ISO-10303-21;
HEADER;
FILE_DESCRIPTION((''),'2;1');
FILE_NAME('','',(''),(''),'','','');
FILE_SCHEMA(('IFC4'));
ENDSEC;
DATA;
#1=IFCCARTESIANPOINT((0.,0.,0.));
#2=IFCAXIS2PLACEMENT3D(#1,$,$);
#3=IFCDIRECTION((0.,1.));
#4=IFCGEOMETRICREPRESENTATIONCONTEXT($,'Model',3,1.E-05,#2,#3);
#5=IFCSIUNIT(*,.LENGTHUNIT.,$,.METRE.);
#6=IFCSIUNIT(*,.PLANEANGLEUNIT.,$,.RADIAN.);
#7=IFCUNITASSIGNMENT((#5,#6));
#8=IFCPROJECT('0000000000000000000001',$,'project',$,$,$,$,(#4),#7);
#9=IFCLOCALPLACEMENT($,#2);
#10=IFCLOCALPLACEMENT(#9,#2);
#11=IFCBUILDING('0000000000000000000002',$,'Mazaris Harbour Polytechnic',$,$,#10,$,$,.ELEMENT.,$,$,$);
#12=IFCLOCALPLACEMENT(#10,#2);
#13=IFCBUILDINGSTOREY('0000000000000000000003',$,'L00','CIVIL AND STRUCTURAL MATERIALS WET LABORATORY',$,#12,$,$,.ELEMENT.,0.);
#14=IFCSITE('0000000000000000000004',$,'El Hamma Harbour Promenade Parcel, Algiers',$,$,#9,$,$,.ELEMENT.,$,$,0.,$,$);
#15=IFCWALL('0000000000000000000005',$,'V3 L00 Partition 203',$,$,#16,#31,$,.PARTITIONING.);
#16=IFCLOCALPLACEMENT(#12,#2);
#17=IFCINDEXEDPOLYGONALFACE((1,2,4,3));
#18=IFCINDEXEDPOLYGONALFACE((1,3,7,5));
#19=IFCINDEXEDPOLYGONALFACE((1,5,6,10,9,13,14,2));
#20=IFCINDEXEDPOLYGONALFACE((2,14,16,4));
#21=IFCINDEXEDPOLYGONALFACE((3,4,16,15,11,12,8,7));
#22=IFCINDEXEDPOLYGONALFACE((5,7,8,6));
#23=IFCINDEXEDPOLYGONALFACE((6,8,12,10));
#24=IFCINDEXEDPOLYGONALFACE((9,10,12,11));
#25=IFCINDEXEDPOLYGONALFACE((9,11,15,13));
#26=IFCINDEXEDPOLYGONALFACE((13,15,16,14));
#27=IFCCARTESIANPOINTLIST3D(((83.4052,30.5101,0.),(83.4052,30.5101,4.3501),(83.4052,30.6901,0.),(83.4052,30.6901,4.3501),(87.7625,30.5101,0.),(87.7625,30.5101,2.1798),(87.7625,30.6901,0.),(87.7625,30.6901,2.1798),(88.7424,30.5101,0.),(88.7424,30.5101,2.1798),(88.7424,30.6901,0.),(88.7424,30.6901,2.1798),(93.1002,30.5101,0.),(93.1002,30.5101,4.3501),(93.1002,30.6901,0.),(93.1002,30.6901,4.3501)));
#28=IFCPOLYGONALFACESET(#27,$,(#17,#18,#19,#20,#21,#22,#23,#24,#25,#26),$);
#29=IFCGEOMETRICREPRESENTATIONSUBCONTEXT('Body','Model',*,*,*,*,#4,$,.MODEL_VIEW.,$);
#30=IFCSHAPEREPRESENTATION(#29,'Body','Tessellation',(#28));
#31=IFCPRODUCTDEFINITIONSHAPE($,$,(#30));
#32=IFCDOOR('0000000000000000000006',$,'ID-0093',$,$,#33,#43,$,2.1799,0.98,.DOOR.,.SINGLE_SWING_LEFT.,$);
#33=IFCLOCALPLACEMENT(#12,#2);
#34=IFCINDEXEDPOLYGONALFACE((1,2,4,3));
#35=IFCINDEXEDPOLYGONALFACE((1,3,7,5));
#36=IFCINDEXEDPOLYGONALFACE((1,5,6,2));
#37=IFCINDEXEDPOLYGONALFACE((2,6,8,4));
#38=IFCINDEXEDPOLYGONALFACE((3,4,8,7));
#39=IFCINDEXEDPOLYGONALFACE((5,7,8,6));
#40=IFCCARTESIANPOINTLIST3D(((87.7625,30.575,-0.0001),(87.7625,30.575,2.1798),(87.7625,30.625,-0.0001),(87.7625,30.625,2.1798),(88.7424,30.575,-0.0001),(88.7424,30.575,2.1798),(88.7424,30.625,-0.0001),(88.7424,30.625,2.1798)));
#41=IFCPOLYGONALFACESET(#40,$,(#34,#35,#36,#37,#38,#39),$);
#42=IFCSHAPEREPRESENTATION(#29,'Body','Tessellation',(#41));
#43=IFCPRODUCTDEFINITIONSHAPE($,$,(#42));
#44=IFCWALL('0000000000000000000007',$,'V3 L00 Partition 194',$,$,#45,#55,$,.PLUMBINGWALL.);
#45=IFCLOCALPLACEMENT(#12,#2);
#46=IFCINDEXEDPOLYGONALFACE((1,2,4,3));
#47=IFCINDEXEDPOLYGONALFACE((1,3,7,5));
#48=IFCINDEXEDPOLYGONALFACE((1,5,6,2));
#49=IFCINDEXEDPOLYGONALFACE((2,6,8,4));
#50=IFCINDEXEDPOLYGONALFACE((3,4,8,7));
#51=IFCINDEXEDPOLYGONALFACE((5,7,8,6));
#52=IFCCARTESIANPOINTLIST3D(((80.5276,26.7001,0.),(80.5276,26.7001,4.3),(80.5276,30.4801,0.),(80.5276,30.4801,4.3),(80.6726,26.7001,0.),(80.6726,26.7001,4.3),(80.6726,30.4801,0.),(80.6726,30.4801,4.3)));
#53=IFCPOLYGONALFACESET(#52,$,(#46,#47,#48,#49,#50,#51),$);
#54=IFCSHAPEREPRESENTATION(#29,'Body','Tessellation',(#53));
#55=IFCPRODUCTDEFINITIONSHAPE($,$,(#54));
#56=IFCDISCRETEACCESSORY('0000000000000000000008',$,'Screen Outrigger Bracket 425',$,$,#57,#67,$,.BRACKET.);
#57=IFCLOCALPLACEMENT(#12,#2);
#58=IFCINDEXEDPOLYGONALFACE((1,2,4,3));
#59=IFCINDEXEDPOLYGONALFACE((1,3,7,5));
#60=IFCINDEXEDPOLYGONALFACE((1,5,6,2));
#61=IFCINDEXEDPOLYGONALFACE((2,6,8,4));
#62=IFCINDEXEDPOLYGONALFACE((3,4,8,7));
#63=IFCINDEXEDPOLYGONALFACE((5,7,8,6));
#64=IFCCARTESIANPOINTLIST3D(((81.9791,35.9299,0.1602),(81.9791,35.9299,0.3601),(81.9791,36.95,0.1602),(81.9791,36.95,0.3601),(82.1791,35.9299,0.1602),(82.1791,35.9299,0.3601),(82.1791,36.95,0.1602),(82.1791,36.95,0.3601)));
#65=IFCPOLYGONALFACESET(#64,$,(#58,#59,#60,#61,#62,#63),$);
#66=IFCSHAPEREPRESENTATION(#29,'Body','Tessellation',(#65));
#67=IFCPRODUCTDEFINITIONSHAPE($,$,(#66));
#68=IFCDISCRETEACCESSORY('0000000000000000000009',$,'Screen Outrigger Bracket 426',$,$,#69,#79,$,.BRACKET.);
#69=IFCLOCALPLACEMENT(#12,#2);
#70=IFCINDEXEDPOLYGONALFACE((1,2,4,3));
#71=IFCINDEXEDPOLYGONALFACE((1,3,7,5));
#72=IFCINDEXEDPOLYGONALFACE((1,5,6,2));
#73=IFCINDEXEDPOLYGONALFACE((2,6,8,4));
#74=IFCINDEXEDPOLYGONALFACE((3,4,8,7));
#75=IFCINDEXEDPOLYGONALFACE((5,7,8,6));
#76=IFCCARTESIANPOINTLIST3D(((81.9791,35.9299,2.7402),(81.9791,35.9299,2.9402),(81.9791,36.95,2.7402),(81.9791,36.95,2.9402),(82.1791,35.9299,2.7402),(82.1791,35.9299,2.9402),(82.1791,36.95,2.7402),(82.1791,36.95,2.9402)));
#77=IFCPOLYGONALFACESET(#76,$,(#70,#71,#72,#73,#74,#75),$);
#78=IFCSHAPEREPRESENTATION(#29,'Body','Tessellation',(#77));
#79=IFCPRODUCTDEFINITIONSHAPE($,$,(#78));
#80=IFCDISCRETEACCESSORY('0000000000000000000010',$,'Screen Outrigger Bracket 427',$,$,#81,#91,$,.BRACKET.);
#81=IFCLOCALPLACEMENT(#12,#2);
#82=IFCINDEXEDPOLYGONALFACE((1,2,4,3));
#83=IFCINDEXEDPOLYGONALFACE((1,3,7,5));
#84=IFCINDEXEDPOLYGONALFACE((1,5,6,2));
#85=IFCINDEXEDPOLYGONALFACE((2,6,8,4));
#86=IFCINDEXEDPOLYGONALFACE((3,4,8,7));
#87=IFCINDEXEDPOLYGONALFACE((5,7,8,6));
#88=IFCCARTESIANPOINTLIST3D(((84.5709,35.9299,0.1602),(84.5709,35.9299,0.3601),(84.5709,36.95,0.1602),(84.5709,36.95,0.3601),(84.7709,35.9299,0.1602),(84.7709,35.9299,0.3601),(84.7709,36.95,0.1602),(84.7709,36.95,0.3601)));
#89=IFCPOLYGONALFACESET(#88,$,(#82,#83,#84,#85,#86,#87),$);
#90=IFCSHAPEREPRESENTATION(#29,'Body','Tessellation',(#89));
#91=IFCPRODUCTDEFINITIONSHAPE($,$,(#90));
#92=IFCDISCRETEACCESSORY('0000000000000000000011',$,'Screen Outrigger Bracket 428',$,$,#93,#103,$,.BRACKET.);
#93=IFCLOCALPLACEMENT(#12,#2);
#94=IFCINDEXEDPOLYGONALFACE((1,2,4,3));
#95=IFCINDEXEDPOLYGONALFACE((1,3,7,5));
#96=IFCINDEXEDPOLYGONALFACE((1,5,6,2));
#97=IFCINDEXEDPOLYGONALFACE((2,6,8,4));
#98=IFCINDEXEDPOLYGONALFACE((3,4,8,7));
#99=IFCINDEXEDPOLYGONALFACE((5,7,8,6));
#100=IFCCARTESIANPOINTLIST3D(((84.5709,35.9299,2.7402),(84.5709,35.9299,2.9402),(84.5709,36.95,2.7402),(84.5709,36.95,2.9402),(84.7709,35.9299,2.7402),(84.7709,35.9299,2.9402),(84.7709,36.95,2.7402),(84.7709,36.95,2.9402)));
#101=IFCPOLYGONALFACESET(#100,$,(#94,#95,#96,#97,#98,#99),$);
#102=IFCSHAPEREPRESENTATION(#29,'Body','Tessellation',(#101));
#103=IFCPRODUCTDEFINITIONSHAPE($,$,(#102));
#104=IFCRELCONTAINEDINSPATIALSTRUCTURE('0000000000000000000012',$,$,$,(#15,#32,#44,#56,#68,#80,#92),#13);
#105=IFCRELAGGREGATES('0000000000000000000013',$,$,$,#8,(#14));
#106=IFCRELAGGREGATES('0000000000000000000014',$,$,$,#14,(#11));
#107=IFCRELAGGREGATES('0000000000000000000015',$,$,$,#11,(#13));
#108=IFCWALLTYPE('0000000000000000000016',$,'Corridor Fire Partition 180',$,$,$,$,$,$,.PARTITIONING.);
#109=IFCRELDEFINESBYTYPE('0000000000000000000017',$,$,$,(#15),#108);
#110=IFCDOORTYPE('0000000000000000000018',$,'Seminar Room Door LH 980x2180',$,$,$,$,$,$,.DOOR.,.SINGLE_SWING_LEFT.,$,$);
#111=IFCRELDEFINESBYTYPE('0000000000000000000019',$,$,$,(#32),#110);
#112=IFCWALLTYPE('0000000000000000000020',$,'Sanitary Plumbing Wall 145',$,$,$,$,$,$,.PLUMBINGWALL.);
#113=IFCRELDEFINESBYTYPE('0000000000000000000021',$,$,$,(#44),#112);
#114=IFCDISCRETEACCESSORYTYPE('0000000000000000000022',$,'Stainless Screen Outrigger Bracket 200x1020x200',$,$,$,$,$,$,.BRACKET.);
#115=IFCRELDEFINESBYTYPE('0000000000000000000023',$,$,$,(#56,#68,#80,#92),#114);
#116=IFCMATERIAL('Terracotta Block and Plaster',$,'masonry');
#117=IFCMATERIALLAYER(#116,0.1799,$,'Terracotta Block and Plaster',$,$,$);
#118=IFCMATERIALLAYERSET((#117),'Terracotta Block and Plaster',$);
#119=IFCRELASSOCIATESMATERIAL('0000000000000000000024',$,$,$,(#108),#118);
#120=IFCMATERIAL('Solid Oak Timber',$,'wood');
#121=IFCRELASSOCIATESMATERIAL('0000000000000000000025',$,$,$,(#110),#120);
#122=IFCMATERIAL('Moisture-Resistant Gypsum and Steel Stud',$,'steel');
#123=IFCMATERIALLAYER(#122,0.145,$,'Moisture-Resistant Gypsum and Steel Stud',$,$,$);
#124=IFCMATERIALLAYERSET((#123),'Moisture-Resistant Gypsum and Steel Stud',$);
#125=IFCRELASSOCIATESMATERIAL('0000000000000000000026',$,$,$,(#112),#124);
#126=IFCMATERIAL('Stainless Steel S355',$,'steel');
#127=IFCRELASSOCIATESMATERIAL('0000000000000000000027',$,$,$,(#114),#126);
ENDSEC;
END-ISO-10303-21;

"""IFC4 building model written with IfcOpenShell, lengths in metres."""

from ifc_helpers import new_model, si_unit, direction, frame, frame_2d, origin, origin_2d, place, context, subcontext, project, spatial, rectangle, extrude, material, layer, layer_set, type_object, element, fill, save


model = new_model("IFC4")

# Units and contexts
model_context = context("Model", 3, precision=1e-05, world=origin(), true_north=direction((0.0, 1.0)))
body_context = subcontext(model_context, "Body", "Model", "MODEL_VIEW")
ifc_project = project(units=[si_unit("LENGTHUNIT", "METRE"), si_unit("PLANEANGLEUNIT", "RADIAN")], contexts=[model_context])

# Site, building, storey
site_placement = place(None, origin())
site = spatial("IfcSite", under=ifc_project, at=site_placement, Name="El Hamma Harbour Promenade Parcel, Algiers", CompositionType="ELEMENT", RefElevation=0.0)
building_placement = place(site_placement, origin())
building = spatial("IfcBuilding", under=site, at=building_placement, Name="Mazaris Harbour Polytechnic", CompositionType="ELEMENT")
storey_placement = place(building_placement, origin())
storey = spatial("IfcBuildingStorey", under=building, at=storey_placement, Name="L00", Description="CIVIL AND STRUCTURAL MATERIALS WET LABORATORY", CompositionType="ELEMENT", Elevation=0.0)

# Wall, opening, door
ifc_material_1 = material(Name="Terracotta Block and Plaster", Category="masonry")
ifc_layer_1 = layer(ifc_material_1, 0.1799, Name="Terracotta Block and Plaster")
ifc_layer_set_1 = layer_set([ifc_layer_1], Name="Terracotta Block and Plaster")
wall_type_1 = type_object("IfcWallType", Name="Corridor Fire Partition 180", PredefinedType="PARTITIONING", material=ifc_layer_set_1)
wall_1_placement = place(storey_placement, frame((83.405, 30.6001, 0.0), z_axis=(0.0, 0.0, 1.0), x_axis=(1.0, 0.0, 0.0)))
wall_1 = element("IfcWall", 1, at=wall_1_placement, inside=storey, type_object=wall_type_1, Name="V3 L00 Partition 203", PredefinedType="PARTITIONING", context=body_context, shape_type="SweptSolid", body=[
    extrude(rectangle(XDim=9.6951, YDim=0.1799, at=frame_2d((4.8477, 0.0))), origin(), (0.0, 0.0, 1.0), 4.3501),
])
opening_1_placement = place(wall_1_placement, frame((4.3574, 0.0, 0.0)))
opening_1 = element("IfcOpeningElement", 2, at=opening_1_placement, cuts=wall_1, PredefinedType="OPENING", context=body_context, shape_type="SweptSolid", body=[
    extrude(rectangle(XDim=0.98, YDim=2.1799, at=frame_2d((0.49, 1.0898))), frame((0.0, 0.0999, 0.0), z_axis=(0.0, -1.0, 0.0), x_axis=(1.0, 0.0, 0.0)), (0.0, 0.0, 1.0), 0.2),
])
ifc_material_2 = material(Name="Solid Oak Timber", Category="wood")
door_type_1 = type_object("IfcDoorType", Name="Seminar Room Door LH 980x2180", OperationType="SINGLE_SWING_LEFT", PredefinedType="DOOR", material=ifc_material_2)
door_1_placement = place(opening_1_placement, origin())
door_1 = element("IfcDoor", 3, at=door_1_placement, inside=storey, type_object=door_type_1, Name="ID-0093", OperationType="SINGLE_SWING_LEFT", OverallHeight=2.1799, OverallWidth=0.98, PredefinedType="DOOR", context=body_context, shape_type="SweptSolid", body=[
    extrude(rectangle(XDim=0.98, YDim=2.1799, at=frame_2d((0.49, 1.0898))), frame((0.0, 0.0249, 0.0), z_axis=(0.0, -1.0, 0.0), x_axis=(1.0, 0.0, 0.0)), (0.0, 0.0, 1.0), 0.05),
])
fill(opening_1, door_1)

# Wall
ifc_material_3 = material(Name="Moisture-Resistant Gypsum and Steel Stud", Category="steel")
ifc_layer_2 = layer(ifc_material_3, 0.145, Name="Moisture-Resistant Gypsum and Steel Stud")
ifc_layer_set_2 = layer_set([ifc_layer_2], Name="Moisture-Resistant Gypsum and Steel Stud")
wall_type_2 = type_object("IfcWallType", Name="Sanitary Plumbing Wall 145", PredefinedType="PLUMBINGWALL", material=ifc_layer_set_2)
wall_2_placement = place(storey_placement, frame((80.6001, 26.7, 0.0), z_axis=(0.0, 0.0, 1.0), x_axis=(0.0, 1.0, 0.0)))
element("IfcWall", 4, at=wall_2_placement, inside=storey, type_object=wall_type_2, Name="V3 L00 Partition 194", PredefinedType="PLUMBINGWALL", context=body_context, shape_type="SweptSolid", body=[
    extrude(rectangle(XDim=3.78, YDim=0.145, at=frame_2d((1.8901, 0.0))), origin(), (0.0, 0.0, 1.0), 4.3),
])

# Discrete accessories
ifc_material_4 = material(Name="Stainless Steel S355", Category="steel")
discrete_accessory_type = type_object("IfcDiscreteAccessoryType", Name="Stainless Screen Outrigger Bracket 200x1020x200", PredefinedType="BRACKET", material=ifc_material_4)
for number, where, z_axis, x_axis, name in (
    (5, (82.0791, 36.4399, 0.1602), (0.0, 0.0, 1.0), (1.0, 0.0, 0.0), "Screen Outrigger Bracket 425"),
    (6, (82.0791, 36.4399, 2.7402), (0.0, 0.0, 1.0), (1.0, 0.0, 0.0), "Screen Outrigger Bracket 426"),
    (7, (84.6709, 36.4399, 0.1602), (0.0, 0.0, 1.0), (1.0, 0.0, 0.0), "Screen Outrigger Bracket 427"),
    (8, (84.6709, 36.4399, 2.7402), (0.0, 0.0, 1.0), (1.0, 0.0, 0.0), "Screen Outrigger Bracket 428"),
):
    element("IfcDiscreteAccessory", number, at=place(storey_placement, frame(where, z_axis=z_axis, x_axis=x_axis)), inside=storey, type_object=discrete_accessory_type, Name=name, PredefinedType="BRACKET", context=body_context, shape_type="SweptSolid", body=[
        extrude(rectangle(XDim=0.2, YDim=1.02, at=origin_2d()), origin(), (0.0, 0.0, 1.0), 0.2),
    ])

save(model, "model.ifc")
